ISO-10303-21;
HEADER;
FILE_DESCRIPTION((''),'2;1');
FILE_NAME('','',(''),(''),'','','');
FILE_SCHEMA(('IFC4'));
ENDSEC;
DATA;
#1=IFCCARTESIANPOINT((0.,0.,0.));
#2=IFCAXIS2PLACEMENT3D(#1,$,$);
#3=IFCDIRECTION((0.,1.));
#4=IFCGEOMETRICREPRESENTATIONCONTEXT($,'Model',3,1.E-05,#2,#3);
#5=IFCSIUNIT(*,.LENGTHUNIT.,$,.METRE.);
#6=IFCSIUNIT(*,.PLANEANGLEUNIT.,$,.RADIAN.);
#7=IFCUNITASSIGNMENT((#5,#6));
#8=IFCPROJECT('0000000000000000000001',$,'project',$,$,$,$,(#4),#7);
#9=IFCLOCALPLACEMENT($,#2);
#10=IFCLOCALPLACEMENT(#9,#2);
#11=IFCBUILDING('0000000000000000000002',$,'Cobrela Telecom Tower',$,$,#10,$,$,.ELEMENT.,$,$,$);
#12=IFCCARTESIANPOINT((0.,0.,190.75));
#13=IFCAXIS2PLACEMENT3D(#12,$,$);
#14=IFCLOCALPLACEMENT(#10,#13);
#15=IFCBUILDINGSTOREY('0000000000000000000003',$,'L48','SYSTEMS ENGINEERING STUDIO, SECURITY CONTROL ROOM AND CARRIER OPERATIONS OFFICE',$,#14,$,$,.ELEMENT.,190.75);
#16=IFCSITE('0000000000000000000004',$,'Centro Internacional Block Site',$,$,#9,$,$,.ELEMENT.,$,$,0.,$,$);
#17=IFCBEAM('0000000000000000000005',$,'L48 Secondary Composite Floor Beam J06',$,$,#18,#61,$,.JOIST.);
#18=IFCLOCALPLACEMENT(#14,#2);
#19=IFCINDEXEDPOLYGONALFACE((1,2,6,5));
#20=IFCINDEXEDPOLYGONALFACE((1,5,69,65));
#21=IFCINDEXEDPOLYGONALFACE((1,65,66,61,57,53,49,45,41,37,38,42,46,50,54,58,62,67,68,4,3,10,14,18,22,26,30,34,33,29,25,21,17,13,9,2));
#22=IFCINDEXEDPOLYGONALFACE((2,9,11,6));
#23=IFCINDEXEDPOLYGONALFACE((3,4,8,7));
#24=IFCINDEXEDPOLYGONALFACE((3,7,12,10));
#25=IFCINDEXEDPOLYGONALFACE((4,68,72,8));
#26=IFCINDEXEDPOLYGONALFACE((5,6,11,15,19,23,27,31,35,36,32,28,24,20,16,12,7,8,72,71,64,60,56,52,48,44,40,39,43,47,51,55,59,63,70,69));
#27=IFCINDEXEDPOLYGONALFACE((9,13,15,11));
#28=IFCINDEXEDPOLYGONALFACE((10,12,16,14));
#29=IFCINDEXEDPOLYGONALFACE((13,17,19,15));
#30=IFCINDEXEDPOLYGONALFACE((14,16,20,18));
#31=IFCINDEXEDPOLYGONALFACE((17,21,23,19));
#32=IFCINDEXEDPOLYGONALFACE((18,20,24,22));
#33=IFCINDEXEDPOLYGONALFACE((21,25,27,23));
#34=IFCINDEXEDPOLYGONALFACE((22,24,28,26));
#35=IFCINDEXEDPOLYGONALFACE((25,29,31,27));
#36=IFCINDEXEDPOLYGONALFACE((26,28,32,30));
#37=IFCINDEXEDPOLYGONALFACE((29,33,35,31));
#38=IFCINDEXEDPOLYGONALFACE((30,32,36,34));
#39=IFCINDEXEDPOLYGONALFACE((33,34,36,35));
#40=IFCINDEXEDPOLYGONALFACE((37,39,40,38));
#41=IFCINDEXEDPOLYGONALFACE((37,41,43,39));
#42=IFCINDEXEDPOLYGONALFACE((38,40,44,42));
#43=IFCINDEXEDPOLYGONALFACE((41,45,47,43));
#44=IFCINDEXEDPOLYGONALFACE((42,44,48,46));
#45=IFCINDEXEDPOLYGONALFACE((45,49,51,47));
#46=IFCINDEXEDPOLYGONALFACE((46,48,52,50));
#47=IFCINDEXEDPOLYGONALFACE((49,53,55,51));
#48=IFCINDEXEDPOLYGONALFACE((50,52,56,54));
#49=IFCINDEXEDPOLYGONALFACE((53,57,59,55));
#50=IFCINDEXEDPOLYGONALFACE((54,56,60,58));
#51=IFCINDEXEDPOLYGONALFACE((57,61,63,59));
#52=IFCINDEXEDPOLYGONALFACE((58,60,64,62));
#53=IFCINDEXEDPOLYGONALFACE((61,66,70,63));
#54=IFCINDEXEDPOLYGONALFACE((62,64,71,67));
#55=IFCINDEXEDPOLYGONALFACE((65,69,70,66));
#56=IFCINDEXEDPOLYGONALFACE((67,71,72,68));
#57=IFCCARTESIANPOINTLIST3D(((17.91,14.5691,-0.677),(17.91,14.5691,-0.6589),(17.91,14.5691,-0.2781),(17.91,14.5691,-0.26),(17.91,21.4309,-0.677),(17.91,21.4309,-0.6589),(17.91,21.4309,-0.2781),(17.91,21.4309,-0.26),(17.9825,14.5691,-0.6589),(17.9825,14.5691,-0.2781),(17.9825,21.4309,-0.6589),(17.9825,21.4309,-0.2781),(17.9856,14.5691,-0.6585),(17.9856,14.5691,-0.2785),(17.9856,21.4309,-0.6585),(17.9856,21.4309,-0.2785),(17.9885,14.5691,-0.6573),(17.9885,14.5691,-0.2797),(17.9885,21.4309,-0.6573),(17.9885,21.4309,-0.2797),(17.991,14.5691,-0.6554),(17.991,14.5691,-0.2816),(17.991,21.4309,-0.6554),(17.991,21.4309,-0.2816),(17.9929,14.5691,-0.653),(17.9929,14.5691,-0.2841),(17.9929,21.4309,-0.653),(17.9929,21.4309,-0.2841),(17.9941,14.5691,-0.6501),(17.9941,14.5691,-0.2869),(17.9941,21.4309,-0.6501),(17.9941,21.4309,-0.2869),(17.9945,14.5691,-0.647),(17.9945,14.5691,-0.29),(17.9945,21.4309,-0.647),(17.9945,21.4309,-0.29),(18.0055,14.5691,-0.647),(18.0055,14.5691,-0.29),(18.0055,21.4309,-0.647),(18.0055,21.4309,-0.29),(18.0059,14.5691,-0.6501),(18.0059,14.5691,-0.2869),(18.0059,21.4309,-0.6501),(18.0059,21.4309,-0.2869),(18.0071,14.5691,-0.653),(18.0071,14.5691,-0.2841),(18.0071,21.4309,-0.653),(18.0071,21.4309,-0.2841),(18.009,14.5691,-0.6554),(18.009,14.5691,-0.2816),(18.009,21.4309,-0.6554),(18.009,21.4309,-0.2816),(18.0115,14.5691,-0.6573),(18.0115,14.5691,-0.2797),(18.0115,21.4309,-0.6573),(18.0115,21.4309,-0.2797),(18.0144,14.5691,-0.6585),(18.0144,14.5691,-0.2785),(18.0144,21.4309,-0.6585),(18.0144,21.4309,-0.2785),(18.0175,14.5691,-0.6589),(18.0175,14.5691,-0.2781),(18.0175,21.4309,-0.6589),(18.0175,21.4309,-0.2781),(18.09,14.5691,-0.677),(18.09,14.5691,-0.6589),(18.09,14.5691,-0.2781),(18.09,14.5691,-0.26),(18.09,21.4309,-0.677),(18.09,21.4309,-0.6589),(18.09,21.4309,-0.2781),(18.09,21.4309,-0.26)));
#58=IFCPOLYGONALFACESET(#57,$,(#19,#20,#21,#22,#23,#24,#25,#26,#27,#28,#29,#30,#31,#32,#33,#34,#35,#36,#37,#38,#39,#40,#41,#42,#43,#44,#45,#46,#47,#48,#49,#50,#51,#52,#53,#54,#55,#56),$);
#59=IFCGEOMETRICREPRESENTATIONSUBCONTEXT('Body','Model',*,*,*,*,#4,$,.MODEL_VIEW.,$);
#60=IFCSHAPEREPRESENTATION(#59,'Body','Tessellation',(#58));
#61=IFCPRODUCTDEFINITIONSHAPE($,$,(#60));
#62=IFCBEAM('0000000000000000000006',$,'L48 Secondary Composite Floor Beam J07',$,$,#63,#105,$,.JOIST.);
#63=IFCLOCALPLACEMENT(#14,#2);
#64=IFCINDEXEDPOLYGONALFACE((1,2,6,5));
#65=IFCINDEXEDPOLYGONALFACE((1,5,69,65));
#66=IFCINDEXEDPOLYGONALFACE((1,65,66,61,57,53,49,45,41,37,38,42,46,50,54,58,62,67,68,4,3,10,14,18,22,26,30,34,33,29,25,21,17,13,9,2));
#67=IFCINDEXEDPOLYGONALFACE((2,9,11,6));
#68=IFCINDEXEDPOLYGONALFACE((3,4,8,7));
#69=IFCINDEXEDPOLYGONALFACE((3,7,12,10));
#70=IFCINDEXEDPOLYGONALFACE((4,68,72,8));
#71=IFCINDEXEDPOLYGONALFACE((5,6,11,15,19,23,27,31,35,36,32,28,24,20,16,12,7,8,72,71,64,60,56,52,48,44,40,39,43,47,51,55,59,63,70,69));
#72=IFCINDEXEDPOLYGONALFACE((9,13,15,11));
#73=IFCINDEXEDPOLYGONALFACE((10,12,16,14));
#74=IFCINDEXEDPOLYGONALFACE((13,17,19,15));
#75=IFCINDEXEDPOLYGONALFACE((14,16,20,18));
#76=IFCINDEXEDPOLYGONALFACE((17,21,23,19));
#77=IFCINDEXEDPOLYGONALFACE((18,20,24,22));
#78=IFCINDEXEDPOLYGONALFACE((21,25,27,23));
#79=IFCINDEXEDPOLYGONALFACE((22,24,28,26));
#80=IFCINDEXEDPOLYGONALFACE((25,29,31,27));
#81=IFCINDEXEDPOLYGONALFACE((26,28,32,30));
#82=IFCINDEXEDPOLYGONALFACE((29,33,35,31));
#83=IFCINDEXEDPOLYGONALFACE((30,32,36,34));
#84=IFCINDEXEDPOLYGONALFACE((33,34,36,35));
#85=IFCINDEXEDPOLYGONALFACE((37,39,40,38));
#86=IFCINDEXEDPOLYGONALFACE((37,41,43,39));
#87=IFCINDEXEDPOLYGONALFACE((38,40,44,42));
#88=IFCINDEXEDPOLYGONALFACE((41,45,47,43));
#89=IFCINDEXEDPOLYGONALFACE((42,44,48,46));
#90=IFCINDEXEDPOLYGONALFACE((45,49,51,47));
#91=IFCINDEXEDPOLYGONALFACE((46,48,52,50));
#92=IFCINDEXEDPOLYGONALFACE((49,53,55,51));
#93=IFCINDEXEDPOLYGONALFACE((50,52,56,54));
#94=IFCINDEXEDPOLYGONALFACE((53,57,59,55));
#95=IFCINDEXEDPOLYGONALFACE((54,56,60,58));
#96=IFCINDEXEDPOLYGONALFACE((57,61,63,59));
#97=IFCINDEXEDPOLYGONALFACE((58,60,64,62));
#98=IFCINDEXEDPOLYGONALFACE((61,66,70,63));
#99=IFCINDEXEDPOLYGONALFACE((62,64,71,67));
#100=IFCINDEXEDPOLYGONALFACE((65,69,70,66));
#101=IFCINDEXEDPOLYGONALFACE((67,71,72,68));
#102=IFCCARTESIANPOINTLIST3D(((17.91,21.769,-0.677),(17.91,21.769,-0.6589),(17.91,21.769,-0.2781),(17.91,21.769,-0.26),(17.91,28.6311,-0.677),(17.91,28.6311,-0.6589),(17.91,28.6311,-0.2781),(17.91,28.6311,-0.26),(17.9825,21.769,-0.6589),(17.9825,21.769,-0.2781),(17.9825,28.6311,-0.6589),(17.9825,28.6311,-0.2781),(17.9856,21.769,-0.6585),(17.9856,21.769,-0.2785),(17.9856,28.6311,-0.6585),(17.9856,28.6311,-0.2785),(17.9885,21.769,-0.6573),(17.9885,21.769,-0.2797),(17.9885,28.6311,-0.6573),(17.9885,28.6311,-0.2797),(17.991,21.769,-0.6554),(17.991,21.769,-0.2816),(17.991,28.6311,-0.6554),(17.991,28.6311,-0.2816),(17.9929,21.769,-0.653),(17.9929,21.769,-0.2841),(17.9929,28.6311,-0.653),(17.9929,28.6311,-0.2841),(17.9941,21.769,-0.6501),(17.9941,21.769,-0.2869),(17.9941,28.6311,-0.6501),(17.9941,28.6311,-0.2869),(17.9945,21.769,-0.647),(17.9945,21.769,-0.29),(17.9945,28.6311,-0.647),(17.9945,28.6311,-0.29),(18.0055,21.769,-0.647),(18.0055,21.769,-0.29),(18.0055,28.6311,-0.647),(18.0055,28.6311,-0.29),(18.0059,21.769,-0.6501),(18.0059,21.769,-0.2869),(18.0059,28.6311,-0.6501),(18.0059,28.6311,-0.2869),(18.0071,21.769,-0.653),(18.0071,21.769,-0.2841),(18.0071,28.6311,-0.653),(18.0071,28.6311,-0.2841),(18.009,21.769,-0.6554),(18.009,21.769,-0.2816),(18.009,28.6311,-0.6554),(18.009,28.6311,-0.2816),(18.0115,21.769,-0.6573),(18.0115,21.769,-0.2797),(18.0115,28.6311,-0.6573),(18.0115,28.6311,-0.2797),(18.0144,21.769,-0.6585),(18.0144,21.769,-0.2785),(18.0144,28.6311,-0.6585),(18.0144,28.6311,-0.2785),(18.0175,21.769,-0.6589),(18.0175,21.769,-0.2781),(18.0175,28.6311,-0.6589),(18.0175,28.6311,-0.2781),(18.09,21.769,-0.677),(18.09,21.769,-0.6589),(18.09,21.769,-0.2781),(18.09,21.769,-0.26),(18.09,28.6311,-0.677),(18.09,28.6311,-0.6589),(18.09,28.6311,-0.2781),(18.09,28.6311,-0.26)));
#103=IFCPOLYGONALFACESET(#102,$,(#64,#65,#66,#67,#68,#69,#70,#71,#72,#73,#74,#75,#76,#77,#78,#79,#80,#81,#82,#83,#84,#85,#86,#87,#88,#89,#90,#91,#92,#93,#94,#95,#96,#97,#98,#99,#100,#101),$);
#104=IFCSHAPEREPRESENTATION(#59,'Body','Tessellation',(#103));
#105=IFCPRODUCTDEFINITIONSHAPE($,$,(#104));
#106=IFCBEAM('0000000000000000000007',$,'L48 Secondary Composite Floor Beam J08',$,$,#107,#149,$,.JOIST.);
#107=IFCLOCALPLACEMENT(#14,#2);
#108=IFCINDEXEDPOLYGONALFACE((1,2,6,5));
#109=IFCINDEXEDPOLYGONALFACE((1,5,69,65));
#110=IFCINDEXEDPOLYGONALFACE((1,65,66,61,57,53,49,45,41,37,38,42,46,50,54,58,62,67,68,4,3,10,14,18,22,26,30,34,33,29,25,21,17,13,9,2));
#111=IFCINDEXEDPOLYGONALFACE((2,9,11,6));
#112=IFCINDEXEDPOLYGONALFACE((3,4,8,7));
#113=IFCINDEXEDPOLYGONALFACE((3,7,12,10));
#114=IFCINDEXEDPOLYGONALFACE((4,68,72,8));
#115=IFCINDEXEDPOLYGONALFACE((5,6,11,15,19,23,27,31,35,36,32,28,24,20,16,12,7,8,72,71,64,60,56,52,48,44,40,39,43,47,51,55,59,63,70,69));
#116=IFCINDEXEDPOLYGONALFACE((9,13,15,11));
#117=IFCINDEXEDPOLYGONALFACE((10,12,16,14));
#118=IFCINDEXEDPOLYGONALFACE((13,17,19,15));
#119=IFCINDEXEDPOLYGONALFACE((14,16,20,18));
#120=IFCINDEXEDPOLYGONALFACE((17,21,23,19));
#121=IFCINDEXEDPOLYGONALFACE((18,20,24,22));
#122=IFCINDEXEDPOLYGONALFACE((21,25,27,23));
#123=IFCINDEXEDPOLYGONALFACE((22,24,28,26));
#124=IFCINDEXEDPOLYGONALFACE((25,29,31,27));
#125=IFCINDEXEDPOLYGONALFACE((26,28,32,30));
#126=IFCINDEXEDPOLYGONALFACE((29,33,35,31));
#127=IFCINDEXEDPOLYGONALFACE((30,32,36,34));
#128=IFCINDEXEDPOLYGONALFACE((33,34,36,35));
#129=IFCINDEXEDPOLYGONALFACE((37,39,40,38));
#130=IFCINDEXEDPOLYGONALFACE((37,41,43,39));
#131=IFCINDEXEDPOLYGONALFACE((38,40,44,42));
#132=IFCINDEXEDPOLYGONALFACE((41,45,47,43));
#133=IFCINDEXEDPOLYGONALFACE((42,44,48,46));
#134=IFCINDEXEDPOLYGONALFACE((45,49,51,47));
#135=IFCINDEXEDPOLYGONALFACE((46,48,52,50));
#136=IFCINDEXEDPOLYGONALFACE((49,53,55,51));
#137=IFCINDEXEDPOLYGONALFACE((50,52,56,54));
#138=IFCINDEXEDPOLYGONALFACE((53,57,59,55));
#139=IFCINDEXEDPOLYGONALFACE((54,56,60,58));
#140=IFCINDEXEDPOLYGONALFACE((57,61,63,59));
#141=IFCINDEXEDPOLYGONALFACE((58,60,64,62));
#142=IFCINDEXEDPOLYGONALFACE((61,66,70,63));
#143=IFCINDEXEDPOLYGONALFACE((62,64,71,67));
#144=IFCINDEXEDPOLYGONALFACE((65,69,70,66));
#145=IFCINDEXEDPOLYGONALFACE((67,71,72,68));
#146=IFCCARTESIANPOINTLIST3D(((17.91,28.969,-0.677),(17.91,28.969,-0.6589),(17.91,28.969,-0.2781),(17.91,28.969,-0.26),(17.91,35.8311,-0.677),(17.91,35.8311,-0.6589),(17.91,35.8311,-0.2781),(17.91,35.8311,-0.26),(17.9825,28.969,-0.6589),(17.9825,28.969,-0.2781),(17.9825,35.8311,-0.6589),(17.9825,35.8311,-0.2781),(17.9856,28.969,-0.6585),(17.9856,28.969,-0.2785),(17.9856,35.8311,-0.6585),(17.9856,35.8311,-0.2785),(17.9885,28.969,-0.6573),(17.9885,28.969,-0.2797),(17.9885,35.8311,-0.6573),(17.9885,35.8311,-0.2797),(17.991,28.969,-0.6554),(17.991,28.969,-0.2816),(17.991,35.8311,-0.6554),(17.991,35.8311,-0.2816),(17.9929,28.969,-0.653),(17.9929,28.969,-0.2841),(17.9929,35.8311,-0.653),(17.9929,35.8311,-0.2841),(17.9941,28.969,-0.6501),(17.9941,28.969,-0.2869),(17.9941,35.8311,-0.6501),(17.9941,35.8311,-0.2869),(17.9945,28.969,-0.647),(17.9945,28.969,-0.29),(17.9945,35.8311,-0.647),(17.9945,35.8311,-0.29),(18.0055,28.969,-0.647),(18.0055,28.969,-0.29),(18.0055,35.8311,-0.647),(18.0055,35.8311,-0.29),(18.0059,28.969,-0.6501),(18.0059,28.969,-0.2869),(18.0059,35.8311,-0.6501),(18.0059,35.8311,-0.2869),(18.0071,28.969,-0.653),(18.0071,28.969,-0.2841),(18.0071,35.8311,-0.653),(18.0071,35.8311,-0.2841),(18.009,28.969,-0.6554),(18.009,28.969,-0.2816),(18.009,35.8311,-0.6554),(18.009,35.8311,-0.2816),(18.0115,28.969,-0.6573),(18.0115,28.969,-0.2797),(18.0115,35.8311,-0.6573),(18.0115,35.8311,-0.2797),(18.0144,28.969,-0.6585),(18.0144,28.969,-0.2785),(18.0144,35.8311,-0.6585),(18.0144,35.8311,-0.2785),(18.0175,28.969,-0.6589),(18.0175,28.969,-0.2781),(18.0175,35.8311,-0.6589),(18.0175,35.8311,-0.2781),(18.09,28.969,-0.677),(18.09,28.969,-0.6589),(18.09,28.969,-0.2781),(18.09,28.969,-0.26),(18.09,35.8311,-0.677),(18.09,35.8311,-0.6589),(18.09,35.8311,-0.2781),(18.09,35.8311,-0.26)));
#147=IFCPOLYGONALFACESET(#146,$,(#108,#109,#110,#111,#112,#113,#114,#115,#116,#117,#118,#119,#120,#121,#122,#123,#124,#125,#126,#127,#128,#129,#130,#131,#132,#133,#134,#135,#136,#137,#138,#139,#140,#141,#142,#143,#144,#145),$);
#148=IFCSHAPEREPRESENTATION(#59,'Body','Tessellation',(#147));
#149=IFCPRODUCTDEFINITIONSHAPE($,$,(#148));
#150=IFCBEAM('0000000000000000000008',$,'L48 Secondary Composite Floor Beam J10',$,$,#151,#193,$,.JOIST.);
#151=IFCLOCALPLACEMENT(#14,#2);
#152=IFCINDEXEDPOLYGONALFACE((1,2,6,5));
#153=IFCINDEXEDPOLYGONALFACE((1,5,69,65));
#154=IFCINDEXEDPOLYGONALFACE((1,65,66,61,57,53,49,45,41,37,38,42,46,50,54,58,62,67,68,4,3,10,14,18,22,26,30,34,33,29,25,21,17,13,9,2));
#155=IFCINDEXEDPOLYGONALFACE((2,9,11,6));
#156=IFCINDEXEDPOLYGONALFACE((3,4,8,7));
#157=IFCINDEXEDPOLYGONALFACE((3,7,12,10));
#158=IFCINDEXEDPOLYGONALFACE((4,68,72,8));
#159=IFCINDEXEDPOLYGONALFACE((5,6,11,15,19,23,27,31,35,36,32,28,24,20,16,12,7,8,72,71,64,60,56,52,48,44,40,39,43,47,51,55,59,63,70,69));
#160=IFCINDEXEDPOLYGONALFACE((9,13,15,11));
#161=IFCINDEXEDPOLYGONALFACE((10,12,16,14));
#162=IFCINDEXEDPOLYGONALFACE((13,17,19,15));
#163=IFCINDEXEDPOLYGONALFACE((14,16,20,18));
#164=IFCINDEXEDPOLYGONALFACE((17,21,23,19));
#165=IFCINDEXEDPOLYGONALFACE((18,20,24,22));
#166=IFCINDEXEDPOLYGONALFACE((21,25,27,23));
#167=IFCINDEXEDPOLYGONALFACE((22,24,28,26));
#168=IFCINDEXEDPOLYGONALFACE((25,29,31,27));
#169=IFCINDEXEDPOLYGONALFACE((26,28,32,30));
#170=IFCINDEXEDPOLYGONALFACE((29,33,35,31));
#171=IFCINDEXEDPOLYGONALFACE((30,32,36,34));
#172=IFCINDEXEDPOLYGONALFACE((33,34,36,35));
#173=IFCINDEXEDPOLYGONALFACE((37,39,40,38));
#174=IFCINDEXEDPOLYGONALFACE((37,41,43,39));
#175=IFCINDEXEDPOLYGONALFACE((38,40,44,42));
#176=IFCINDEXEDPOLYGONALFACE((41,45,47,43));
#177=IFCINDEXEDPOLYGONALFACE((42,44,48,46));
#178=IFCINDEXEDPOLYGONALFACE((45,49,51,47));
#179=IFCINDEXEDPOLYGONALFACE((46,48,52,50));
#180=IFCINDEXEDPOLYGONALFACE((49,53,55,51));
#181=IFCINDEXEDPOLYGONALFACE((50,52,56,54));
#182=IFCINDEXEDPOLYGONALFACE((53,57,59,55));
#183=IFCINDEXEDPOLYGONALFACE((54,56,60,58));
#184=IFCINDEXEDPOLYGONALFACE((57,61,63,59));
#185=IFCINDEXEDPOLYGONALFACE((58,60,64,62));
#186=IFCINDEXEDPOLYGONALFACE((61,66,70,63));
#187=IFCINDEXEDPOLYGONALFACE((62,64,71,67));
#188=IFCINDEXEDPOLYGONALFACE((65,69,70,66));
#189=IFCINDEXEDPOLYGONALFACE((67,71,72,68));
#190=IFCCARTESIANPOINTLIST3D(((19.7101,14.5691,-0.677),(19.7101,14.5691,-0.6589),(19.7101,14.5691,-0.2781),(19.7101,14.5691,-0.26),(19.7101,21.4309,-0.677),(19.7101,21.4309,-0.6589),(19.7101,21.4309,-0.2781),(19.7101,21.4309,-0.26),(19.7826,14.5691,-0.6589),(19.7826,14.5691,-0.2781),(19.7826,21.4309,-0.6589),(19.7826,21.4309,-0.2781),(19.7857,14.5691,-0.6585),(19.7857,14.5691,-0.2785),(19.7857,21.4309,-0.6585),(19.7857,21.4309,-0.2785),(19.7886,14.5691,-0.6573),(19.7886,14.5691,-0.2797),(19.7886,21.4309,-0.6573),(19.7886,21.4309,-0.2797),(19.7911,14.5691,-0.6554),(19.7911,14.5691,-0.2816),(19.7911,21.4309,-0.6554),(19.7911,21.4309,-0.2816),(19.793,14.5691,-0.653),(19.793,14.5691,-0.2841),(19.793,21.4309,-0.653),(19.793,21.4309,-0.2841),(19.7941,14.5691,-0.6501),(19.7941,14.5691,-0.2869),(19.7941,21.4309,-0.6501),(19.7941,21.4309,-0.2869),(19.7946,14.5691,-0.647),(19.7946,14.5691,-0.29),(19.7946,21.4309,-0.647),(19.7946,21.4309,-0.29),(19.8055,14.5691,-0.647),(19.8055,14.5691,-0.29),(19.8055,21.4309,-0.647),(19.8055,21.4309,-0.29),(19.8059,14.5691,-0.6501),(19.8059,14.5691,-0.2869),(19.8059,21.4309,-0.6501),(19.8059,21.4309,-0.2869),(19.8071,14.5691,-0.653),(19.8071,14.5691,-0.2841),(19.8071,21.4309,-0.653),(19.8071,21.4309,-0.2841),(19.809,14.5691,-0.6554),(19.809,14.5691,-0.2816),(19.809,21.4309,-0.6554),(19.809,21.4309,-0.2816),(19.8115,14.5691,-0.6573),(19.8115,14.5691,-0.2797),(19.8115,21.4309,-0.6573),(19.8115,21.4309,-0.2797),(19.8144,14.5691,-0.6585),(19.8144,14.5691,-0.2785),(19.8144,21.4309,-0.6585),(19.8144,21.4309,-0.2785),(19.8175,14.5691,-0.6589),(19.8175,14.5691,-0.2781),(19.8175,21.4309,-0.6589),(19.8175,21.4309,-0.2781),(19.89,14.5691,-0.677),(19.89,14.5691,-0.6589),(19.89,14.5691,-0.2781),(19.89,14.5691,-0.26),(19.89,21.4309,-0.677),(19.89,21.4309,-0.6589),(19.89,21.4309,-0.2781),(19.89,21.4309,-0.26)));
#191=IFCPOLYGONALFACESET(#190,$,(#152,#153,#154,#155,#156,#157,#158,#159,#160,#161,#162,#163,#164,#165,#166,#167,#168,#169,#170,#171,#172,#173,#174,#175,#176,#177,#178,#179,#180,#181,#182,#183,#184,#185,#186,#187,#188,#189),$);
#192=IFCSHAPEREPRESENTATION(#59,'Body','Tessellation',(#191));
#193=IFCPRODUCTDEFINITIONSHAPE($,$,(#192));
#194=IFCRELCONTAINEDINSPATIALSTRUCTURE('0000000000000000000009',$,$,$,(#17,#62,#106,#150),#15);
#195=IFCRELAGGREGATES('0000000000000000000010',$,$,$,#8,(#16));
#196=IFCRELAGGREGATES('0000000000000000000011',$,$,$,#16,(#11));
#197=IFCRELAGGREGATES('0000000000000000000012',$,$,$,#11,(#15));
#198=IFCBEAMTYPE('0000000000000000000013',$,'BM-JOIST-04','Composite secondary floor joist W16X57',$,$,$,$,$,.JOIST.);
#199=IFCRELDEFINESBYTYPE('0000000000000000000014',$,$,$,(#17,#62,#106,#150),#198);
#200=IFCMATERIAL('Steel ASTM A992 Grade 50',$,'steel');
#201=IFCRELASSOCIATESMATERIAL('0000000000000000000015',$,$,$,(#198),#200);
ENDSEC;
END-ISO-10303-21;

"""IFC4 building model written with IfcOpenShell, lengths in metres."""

from ifc_helpers import new_model, si_unit, direction, frame, origin, origin_2d, place, context, subcontext, project, spatial, i_section, extrude, material, material_profile, profile_set, type_object, element, save


model = new_model("IFC4")

# Units and contexts
model_context = context("Model", 3, precision=1e-05, world=origin(), true_north=direction((0.0, 1.0)))
body_context = subcontext(model_context, "Body", "Model", "MODEL_VIEW")
ifc_project = project(units=[si_unit("LENGTHUNIT", "METRE"), si_unit("PLANEANGLEUNIT", "RADIAN")], contexts=[model_context])

# Site, building, storey
site_placement = place(None, origin())
site = spatial("IfcSite", under=ifc_project, at=site_placement, Name="Centro Internacional Block Site", CompositionType="ELEMENT", RefElevation=0.0)
building_placement = place(site_placement, origin())
building = spatial("IfcBuilding", under=site, at=building_placement, Name="Cobrela Telecom Tower", CompositionType="ELEMENT")
storey_placement = place(building_placement, frame((0.0, 0.0, 190.75)))
storey = spatial("IfcBuildingStorey", under=building, at=storey_placement, Name="L48", Description="SYSTEMS ENGINEERING STUDIO, SECURITY CONTROL ROOM AND CARRIER OPERATIONS OFFICE", CompositionType="ELEMENT", Elevation=190.75)

# Shared definitions
ifc_material_1 = material(Name="Steel ASTM A992 Grade 50", Category="steel")

# Beams
ifc_material_profile_1 = material_profile(ifc_material_1, i_section(OverallWidth=0.1799, OverallDepth=0.417, WebThickness=0.011, FlangeThickness=0.0181, FilletRadius=0.012, at=origin_2d()), Name="W16X57")
ifc_profile_set_1 = profile_set([ifc_material_profile_1], Name="Steel ASTM A992 Grade 50")
beam_type_1 = type_object("IfcBeamType", Name="BM-JOIST-04", Description="Composite secondary floor joist W16X57", PredefinedType="JOIST", material=ifc_profile_set_1)
beam_1_placement = place(storey_placement, frame((18.0, 14.5691, -0.4685), z_axis=(0.0, 1.0, 0.0), x_axis=(-1.0, 0.0, 0.0)))
element("IfcBeam", 1, at=beam_1_placement, inside=storey, type_object=beam_type_1, Name="L48 Secondary Composite Floor Beam J06", PredefinedType="JOIST", context=body_context, shape_type="SweptSolid", body=[
    extrude(i_section(OverallWidth=0.1799, OverallDepth=0.417, WebThickness=0.011, FlangeThickness=0.0181, FilletRadius=0.012, at=origin_2d()), origin(), (0.0, 0.0, 1.0), 6.8618),
])
for number, where, z_axis, x_axis, name in (
    (2, (18.0, 21.769, -0.4685), (0.0, 1.0, 0.0), (-1.0, 0.0, 0.0), "L48 Secondary Composite Floor Beam J07"),
    (3, (18.0, 28.969, -0.4685), (0.0, 1.0, 0.0), (-1.0, 0.0, 0.0), "L48 Secondary Composite Floor Beam J08"),
):
    element("IfcBeam", number, at=place(storey_placement, frame(where, z_axis=z_axis, x_axis=x_axis)), inside=storey, type_object=beam_type_1, Name=name, PredefinedType="JOIST", context=body_context, shape_type="SweptSolid", body=[
        extrude(i_section(OverallWidth=0.1799, OverallDepth=0.417, WebThickness=0.011, FlangeThickness=0.0181, FilletRadius=0.012, at=origin_2d()), origin(), (0.0, 0.0, 1.0), 6.8621),
    ])
beam_2_placement = place(storey_placement, frame((19.8, 14.5691, -0.4685), z_axis=(0.0, 1.0, 0.0), x_axis=(-1.0, 0.0, 0.0)))
element("IfcBeam", 4, at=beam_2_placement, inside=storey, type_object=beam_type_1, Name="L48 Secondary Composite Floor Beam J10", PredefinedType="JOIST", context=body_context, shape_type="SweptSolid", body=[
    extrude(i_section(OverallWidth=0.1799, OverallDepth=0.417, WebThickness=0.011, FlangeThickness=0.0181, FilletRadius=0.012, at=origin_2d()), origin(), (0.0, 0.0, 1.0), 6.8618),
])

save(model, "model.ifc")
